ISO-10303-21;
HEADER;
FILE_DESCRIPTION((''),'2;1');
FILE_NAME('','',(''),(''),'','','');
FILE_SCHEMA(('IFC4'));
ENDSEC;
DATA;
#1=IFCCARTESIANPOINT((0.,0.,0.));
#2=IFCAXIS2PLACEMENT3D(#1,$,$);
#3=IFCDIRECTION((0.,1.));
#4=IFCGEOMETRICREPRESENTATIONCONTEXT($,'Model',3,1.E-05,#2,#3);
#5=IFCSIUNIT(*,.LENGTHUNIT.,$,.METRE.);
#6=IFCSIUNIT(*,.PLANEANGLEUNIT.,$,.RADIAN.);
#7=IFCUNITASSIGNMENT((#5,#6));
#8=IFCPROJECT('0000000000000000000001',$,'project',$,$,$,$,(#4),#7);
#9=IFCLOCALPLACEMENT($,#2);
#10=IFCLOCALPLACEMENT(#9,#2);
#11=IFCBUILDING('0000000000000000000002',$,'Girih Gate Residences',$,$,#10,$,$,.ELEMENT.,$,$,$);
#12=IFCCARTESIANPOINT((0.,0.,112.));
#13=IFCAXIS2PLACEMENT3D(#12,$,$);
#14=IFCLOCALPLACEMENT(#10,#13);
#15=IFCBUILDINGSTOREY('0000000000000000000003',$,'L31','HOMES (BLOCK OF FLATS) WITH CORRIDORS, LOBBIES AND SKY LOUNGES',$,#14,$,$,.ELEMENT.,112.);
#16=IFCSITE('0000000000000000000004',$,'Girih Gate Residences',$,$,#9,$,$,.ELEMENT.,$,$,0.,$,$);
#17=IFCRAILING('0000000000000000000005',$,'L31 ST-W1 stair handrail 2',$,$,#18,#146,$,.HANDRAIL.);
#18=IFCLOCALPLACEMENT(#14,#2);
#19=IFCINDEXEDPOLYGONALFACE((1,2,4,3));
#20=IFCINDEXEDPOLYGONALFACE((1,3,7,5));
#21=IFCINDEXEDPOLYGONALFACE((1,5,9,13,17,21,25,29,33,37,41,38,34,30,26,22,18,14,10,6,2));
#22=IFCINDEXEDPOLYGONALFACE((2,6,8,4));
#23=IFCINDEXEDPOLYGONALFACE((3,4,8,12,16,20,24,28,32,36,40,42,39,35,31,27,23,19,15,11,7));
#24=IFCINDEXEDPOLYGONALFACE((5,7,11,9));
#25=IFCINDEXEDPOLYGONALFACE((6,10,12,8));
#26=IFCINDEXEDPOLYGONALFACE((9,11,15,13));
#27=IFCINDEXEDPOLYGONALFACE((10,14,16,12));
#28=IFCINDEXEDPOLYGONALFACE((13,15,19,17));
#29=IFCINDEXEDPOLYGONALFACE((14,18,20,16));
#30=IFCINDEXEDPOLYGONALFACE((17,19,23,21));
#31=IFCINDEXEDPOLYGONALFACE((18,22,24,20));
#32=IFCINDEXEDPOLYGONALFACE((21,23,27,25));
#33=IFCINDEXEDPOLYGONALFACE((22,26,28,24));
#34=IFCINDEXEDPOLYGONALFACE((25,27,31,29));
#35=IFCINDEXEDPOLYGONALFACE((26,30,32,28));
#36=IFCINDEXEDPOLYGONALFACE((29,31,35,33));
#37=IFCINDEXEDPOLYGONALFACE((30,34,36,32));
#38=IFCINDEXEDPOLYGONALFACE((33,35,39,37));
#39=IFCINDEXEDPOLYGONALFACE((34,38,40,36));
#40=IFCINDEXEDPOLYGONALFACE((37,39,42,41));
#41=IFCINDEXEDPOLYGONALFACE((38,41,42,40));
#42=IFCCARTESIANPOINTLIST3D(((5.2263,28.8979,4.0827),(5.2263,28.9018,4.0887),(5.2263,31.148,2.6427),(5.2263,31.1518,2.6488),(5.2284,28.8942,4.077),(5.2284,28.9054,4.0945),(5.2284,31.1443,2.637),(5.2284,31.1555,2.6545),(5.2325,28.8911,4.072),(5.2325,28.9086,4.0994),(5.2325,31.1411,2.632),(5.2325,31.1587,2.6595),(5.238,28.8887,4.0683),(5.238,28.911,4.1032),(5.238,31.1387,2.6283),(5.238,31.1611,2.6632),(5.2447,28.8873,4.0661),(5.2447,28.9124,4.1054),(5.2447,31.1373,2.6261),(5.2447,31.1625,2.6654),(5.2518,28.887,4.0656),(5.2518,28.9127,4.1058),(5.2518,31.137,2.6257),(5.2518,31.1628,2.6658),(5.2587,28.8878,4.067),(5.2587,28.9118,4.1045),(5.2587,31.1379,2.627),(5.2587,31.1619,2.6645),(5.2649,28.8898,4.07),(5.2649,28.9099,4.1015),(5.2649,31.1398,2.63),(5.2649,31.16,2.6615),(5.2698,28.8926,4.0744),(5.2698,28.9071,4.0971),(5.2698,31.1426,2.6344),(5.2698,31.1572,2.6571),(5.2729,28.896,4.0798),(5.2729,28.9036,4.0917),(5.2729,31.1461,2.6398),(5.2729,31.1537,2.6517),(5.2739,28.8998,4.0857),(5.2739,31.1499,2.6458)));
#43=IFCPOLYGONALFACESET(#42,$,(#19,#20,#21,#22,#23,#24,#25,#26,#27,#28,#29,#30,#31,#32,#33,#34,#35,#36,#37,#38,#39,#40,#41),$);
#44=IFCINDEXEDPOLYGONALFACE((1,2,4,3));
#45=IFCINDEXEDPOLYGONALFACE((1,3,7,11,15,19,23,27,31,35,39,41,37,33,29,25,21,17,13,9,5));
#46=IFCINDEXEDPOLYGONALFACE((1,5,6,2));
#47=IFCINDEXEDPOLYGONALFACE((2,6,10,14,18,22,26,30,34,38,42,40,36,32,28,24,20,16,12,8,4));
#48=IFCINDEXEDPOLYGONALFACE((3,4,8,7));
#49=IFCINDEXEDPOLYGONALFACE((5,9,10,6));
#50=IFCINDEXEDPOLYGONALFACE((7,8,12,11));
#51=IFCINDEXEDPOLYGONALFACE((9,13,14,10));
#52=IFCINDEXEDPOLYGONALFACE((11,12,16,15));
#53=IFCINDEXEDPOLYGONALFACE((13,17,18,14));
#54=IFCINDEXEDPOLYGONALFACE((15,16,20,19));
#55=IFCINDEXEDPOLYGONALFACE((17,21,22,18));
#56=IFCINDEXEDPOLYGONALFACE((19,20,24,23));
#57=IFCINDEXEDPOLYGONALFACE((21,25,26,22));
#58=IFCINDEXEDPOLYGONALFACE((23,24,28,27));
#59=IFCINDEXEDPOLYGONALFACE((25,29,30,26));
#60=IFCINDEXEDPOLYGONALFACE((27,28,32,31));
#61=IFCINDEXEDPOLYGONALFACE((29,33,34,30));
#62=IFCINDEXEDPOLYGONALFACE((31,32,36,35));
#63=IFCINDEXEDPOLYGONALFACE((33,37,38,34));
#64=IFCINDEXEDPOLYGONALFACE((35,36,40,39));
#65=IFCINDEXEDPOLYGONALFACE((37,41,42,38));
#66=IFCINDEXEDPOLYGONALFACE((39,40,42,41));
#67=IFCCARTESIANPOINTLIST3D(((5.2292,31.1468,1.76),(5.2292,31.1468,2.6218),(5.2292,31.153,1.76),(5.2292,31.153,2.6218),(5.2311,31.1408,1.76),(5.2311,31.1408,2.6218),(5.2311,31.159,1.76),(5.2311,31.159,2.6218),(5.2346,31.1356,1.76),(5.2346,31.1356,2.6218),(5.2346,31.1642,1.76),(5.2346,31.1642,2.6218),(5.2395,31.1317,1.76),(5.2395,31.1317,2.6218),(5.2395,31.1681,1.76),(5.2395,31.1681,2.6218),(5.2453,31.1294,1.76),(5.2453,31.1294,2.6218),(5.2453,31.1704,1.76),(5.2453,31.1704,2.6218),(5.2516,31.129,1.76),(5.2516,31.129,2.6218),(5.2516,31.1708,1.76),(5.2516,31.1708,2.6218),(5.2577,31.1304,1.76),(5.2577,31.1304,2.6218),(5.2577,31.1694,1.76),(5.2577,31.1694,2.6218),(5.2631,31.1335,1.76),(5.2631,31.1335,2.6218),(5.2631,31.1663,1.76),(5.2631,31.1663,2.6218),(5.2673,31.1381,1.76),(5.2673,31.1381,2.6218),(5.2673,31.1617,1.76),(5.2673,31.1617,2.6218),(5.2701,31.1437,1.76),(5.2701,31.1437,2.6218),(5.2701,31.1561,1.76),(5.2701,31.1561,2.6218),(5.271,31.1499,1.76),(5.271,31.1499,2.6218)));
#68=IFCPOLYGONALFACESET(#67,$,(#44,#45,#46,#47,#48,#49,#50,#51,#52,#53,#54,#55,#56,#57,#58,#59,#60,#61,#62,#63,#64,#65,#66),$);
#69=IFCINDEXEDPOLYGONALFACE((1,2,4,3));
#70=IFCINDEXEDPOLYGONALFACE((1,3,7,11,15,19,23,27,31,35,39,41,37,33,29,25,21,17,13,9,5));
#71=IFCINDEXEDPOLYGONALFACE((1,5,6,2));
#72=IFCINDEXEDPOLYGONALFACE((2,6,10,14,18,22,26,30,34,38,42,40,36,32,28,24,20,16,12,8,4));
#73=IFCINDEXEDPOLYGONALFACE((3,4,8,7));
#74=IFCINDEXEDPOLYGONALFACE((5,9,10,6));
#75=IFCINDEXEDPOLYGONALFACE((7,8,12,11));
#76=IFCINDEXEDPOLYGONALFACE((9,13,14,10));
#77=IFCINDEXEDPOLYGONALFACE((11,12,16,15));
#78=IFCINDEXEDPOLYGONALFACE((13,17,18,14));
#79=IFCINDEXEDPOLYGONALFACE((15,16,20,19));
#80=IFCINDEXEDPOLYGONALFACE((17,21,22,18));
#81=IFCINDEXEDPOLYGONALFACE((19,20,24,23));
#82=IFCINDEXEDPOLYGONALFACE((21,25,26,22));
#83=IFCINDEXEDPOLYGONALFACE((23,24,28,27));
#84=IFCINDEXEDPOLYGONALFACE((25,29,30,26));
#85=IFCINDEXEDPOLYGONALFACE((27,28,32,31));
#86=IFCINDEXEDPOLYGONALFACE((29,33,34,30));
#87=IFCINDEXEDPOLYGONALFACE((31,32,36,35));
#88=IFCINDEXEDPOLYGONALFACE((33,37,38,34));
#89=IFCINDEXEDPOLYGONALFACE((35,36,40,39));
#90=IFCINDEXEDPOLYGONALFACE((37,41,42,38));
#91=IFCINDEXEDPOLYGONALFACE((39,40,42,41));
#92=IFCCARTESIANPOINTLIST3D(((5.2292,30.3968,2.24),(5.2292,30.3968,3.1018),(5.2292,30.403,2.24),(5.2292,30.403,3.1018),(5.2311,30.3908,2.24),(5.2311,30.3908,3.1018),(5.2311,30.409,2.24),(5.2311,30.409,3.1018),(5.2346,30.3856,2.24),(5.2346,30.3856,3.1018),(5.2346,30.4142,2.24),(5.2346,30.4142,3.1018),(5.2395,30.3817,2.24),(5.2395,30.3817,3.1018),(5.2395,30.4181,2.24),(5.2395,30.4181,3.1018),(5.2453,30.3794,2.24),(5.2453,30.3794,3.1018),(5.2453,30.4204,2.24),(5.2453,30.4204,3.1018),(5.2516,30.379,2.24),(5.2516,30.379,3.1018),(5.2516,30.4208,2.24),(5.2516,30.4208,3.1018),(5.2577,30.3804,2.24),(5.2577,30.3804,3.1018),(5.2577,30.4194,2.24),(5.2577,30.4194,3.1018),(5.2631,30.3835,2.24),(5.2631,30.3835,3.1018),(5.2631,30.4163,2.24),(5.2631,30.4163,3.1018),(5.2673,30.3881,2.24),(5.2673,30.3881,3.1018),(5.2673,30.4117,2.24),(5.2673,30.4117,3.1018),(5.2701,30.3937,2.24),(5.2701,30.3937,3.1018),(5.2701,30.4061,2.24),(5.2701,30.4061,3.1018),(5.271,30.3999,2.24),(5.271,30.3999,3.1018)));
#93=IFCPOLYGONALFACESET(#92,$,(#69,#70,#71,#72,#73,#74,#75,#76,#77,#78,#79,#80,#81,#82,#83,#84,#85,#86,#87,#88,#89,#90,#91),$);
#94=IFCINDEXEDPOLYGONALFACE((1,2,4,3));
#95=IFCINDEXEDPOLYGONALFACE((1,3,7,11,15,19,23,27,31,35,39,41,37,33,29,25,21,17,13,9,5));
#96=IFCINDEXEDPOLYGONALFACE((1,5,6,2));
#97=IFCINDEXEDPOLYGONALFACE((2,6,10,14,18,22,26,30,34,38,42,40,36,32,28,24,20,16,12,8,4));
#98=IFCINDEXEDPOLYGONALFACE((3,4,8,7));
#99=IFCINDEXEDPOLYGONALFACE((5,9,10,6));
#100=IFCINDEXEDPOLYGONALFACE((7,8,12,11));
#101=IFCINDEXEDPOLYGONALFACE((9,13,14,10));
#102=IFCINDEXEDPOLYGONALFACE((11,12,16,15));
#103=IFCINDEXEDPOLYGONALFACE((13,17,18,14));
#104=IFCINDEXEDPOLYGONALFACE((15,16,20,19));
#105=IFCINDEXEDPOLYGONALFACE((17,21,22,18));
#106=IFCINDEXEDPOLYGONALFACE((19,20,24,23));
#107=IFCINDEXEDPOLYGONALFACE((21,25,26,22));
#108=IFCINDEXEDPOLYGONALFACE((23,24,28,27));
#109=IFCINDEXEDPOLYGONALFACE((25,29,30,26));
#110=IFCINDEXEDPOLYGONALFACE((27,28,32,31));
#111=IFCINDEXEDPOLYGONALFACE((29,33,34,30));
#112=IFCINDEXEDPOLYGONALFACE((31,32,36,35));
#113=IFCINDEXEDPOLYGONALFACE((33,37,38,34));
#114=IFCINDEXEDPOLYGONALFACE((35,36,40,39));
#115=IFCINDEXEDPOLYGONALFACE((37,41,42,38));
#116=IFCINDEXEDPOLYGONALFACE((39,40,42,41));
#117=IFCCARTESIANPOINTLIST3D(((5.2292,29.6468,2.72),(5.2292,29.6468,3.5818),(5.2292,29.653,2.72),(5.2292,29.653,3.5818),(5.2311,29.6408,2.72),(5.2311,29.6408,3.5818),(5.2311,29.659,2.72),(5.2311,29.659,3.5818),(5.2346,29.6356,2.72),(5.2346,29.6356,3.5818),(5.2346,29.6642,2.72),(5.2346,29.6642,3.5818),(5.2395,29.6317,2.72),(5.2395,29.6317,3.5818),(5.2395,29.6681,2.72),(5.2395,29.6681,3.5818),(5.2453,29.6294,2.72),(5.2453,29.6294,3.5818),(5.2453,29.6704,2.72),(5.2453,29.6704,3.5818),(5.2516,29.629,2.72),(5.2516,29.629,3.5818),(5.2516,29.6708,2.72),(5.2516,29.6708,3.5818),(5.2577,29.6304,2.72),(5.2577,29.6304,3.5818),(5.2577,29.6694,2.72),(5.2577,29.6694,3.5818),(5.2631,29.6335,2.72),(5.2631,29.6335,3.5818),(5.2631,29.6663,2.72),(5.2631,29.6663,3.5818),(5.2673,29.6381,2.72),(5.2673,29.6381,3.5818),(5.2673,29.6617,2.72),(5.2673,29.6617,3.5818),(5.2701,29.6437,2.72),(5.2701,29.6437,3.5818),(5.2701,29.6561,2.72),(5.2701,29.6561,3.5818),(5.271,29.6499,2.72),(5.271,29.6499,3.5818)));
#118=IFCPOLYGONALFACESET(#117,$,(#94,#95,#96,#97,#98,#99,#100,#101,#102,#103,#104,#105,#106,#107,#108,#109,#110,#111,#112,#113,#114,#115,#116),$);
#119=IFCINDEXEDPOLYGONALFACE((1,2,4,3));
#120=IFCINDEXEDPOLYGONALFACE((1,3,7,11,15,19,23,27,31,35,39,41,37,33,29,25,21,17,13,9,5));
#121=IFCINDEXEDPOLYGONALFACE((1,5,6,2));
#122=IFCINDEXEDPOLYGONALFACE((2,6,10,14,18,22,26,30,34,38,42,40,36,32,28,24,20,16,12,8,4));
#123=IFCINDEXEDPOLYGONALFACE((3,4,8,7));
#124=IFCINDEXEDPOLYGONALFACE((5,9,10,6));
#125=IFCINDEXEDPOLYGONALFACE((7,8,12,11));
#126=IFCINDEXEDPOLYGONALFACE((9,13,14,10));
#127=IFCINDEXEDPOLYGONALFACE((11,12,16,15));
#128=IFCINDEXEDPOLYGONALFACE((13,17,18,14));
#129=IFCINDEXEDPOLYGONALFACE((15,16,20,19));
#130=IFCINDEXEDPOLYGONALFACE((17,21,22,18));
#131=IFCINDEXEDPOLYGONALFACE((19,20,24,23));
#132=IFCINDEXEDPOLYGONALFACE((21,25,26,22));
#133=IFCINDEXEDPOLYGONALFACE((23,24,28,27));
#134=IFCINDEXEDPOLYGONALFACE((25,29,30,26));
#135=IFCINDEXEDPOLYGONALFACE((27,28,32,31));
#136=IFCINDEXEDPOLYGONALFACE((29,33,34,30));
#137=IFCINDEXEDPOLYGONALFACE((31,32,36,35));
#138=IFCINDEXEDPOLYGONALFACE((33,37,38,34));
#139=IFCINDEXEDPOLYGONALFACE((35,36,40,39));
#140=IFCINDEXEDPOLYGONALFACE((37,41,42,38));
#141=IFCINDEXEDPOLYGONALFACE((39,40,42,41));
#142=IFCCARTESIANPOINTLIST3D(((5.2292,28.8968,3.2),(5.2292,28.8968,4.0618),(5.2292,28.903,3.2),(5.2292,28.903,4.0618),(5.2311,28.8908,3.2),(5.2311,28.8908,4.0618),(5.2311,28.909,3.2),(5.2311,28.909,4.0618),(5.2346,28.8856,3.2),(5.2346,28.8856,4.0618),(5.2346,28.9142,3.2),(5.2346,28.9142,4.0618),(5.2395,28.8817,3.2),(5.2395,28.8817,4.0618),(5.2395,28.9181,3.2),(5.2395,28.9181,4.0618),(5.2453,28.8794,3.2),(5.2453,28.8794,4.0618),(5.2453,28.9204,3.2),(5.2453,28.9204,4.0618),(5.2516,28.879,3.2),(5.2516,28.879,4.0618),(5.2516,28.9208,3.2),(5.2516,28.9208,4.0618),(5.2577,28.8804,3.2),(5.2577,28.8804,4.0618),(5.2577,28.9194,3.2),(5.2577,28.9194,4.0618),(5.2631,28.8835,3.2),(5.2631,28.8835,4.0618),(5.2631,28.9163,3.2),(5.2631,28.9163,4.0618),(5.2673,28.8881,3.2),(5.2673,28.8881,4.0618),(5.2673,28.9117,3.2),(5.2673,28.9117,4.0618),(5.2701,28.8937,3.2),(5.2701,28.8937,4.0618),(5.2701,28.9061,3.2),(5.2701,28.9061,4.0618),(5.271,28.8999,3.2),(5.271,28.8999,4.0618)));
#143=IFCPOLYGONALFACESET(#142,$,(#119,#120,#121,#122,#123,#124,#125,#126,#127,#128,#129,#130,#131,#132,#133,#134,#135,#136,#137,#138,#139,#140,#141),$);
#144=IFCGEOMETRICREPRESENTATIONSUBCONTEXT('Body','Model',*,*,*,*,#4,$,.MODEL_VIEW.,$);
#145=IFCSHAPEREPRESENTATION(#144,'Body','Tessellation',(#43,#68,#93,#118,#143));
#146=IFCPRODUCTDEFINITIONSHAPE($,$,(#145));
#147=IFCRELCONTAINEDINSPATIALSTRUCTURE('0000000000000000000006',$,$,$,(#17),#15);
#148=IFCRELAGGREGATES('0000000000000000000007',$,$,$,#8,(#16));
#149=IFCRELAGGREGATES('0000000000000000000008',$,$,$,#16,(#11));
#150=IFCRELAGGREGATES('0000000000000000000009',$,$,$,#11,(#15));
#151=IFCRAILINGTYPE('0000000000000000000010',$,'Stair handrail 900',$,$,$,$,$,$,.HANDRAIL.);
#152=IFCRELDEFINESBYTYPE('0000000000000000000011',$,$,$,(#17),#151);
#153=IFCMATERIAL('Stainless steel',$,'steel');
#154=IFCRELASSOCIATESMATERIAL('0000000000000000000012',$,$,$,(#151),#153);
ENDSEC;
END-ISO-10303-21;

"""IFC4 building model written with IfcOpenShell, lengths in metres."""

from ifc_helpers import new_model, si_unit, direction, frame, origin, origin_2d, place, context, subcontext, project, spatial, circle, extrude, material, type_object, element, save


model = new_model("IFC4")

# Units and contexts
model_context = context("Model", 3, precision=1e-05, world=origin(), true_north=direction((0.0, 1.0)))
body_context = subcontext(model_context, "Body", "Model", "MODEL_VIEW")
ifc_project = project(units=[si_unit("LENGTHUNIT", "METRE"), si_unit("PLANEANGLEUNIT", "RADIAN")], contexts=[model_context])

# Site, building, storey
site_placement = place(None, origin())
site = spatial("IfcSite", under=ifc_project, at=site_placement, Name="Girih Gate Residences", CompositionType="ELEMENT", RefElevation=0.0)
building_placement = place(site_placement, origin())
building = spatial("IfcBuilding", under=site, at=building_placement, Name="Girih Gate Residences", CompositionType="ELEMENT")
storey_placement = place(building_placement, frame((0.0, 0.0, 112.0)))
storey = spatial("IfcBuildingStorey", under=building, at=storey_placement, Name="L31", Description="HOMES (BLOCK OF FLATS) WITH CORRIDORS, LOBBIES AND SKY LOUNGES", CompositionType="ELEMENT", Elevation=112.0)

# Railing
ifc_material_1 = material(Name="Stainless steel", Category="steel")
railing_type_1 = type_object("IfcRailingType", Name="Stair handrail 900", PredefinedType="HANDRAIL", material=ifc_material_1)
railing_1_placement = place(storey_placement, frame((5.25, 31.1499, 1.76)))
element("IfcRailing", 1, at=railing_1_placement, inside=storey, type_object=railing_type_1, Name="L31 ST-W1 stair handrail 2", PredefinedType="HANDRAIL", context=body_context, shape_type="SweptSolid", body=[
    extrude(circle(Radius=0.0239, at=origin_2d()), frame((0.0, 0.0, 0.8857), z_axis=(0.0, -0.842281, 0.539038), x_axis=(1.0, 0.0, 0.0)), (0.0, 0.0, 1.0), 2.6714),
    extrude(circle(Radius=0.021, at=origin_2d()), origin(), (0.0, 0.0, 1.0), 0.8618),
    extrude(circle(Radius=0.021, at=origin_2d()), frame((0.0, -0.75, 0.48)), (0.0, 0.0, 1.0), 0.8618),
    extrude(circle(Radius=0.021, at=origin_2d()), frame((0.0, -1.5, 0.96)), (0.0, 0.0, 1.0), 0.8618),
    extrude(circle(Radius=0.021, at=origin_2d()), frame((0.0, -2.25, 1.4399)), (0.0, 0.0, 1.0), 0.8618),
])

save(model, "model.ifc")
